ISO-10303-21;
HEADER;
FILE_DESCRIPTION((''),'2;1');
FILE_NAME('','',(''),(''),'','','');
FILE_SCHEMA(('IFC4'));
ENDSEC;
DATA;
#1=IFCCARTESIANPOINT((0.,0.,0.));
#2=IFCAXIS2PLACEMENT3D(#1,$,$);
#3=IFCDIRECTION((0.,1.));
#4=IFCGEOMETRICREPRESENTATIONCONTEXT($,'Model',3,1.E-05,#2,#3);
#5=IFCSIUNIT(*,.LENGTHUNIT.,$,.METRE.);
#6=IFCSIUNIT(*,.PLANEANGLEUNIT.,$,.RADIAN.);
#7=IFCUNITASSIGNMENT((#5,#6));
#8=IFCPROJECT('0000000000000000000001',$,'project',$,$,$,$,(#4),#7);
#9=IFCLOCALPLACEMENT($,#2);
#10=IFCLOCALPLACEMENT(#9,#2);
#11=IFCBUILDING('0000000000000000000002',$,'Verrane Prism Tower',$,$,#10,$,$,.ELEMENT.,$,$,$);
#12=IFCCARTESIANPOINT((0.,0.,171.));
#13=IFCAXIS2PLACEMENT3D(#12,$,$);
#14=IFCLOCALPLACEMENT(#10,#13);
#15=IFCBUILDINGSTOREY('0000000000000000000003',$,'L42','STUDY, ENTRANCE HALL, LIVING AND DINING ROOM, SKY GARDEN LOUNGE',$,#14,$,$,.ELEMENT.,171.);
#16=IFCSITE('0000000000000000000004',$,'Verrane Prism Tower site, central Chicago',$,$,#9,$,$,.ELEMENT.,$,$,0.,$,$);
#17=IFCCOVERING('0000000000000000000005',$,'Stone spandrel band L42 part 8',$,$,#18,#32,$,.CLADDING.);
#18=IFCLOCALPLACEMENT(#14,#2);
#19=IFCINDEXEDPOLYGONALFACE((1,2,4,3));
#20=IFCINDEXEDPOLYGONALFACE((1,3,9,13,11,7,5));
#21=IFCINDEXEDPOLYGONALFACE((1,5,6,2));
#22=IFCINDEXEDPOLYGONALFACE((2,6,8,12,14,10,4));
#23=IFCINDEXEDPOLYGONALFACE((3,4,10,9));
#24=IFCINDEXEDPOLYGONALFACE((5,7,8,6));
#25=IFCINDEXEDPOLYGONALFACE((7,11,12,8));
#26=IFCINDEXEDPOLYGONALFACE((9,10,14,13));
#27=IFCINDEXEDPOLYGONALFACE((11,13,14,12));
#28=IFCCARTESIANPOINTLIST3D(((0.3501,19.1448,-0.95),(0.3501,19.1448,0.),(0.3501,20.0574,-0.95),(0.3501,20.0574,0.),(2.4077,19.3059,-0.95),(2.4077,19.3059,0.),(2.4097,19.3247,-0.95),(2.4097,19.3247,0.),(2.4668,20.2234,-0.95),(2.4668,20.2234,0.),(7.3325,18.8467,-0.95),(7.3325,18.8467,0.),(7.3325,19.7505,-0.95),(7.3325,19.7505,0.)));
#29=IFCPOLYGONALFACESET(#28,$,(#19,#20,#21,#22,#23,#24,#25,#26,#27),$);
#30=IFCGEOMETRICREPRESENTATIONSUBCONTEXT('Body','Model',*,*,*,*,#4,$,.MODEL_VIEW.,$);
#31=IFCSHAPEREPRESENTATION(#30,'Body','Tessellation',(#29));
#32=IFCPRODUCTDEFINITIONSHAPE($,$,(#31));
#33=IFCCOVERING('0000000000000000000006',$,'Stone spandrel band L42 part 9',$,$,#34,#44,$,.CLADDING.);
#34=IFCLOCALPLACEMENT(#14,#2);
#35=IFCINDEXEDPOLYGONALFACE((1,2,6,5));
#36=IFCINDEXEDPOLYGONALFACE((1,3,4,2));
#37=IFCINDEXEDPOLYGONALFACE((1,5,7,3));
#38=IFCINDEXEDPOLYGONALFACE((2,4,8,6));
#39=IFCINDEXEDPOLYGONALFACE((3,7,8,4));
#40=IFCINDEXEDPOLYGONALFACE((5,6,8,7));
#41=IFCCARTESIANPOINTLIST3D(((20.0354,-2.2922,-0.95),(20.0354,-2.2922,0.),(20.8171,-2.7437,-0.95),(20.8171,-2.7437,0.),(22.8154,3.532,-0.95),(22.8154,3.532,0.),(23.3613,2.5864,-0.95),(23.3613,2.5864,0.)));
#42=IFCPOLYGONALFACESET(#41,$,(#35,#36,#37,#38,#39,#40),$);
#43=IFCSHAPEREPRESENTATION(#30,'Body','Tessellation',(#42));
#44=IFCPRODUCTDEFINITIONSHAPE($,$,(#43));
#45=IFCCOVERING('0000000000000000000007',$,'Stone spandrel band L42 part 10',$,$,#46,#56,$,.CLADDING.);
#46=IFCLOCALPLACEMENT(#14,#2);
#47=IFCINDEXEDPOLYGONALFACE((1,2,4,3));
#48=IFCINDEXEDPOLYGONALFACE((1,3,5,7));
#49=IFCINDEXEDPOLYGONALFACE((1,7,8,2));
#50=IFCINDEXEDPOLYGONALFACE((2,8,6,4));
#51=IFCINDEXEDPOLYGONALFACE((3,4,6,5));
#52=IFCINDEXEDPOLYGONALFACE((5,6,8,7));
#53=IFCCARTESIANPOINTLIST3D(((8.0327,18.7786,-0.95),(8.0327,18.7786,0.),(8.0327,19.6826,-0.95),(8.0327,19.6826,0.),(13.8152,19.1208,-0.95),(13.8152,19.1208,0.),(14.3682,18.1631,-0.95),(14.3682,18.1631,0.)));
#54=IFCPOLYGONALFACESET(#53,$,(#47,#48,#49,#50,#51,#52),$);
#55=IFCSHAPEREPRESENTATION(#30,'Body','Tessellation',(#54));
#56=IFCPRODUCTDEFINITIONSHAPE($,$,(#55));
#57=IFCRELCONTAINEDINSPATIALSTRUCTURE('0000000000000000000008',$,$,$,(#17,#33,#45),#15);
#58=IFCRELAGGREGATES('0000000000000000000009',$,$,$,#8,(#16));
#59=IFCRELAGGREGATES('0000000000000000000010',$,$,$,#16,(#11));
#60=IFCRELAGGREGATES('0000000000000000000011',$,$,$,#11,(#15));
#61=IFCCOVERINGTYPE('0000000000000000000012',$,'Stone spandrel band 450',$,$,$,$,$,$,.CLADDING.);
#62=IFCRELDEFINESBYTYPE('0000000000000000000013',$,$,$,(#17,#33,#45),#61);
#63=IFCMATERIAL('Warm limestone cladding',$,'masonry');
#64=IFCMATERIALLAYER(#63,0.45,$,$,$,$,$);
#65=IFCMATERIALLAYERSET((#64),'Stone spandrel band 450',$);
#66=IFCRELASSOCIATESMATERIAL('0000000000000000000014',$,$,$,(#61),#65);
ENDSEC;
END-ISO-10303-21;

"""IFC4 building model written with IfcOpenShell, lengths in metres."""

from ifc_helpers import new_model, si_unit, direction, frame, origin, place, context, subcontext, project, spatial, polyline, outline, extrude, material, layer, layer_set, type_object, element, save


model = new_model("IFC4")

# Units and contexts
model_context = context("Model", 3, precision=1e-05, world=origin(), true_north=direction((0.0, 1.0)))
body_context = subcontext(model_context, "Body", "Model", "MODEL_VIEW")
ifc_project = project(units=[si_unit("LENGTHUNIT", "METRE"), si_unit("PLANEANGLEUNIT", "RADIAN")], contexts=[model_context])

# Site, building, storey
site_placement = place(None, origin())
site = spatial("IfcSite", under=ifc_project, at=site_placement, Name="Verrane Prism Tower site, central Chicago", CompositionType="ELEMENT", RefElevation=0.0)
building_placement = place(site_placement, origin())
building = spatial("IfcBuilding", under=site, at=building_placement, Name="Verrane Prism Tower", CompositionType="ELEMENT")
storey_placement = place(building_placement, frame((0.0, 0.0, 171.0)))
storey = spatial("IfcBuildingStorey", under=building, at=storey_placement, Name="L42", Description="STUDY, ENTRANCE HALL, LIVING AND DINING ROOM, SKY GARDEN LOUNGE", CompositionType="ELEMENT", Elevation=171.0)

# Coverings
ifc_material_1 = material(Name="Warm limestone cladding", Category="masonry")
ifc_layer_1 = layer(ifc_material_1, 0.45)
ifc_layer_set_1 = layer_set([ifc_layer_1], Name="Stone spandrel band 450")
covering_type = type_object("IfcCoveringType", Name="Stone spandrel band 450", PredefinedType="CLADDING", material=ifc_layer_set_1)
covering_1_placement = place(storey_placement, frame((0.0, 0.0, -0.95)))
element("IfcCovering", 1, at=covering_1_placement, inside=storey, type_object=covering_type, Name="Stone spandrel band L42 part 8", PredefinedType="CLADDING", context=body_context, shape_type="SweptSolid", body=[
    extrude(outline(polyline([(0.3501, 20.0574), (0.3501, 19.1448), (2.4077, 19.3059), (2.4097, 19.3247), (7.3325, 18.8467), (7.3325, 19.7505), (2.4668, 20.2234), (0.3501, 20.0574)])), origin(), (0.0, 0.0, 1.0), 0.95),
])
covering_2_placement = place(storey_placement, frame((0.0, 0.0, -0.95)))
element("IfcCovering", 2, at=covering_2_placement, inside=storey, type_object=covering_type, Name="Stone spandrel band L42 part 9", PredefinedType="CLADDING", context=body_context, shape_type="SweptSolid", body=[
    extrude(outline(polyline([(20.0354, -2.2922), (20.8171, -2.7437), (23.3613, 2.5864), (22.8154, 3.532), (20.0354, -2.2922)])), origin(), (0.0, 0.0, 1.0), 0.95),
])
covering_3_placement = place(storey_placement, frame((0.0, 0.0, -0.95)))
element("IfcCovering", 3, at=covering_3_placement, inside=storey, type_object=covering_type, Name="Stone spandrel band L42 part 10", PredefinedType="CLADDING", context=body_context, shape_type="SweptSolid", body=[
    extrude(outline(polyline([(8.0327, 19.6826), (8.0327, 18.7786), (14.3682, 18.1631), (13.8152, 19.1208), (8.0327, 19.6826)])), origin(), (0.0, 0.0, 1.0), 0.95),
])

save(model, "model.ifc")
